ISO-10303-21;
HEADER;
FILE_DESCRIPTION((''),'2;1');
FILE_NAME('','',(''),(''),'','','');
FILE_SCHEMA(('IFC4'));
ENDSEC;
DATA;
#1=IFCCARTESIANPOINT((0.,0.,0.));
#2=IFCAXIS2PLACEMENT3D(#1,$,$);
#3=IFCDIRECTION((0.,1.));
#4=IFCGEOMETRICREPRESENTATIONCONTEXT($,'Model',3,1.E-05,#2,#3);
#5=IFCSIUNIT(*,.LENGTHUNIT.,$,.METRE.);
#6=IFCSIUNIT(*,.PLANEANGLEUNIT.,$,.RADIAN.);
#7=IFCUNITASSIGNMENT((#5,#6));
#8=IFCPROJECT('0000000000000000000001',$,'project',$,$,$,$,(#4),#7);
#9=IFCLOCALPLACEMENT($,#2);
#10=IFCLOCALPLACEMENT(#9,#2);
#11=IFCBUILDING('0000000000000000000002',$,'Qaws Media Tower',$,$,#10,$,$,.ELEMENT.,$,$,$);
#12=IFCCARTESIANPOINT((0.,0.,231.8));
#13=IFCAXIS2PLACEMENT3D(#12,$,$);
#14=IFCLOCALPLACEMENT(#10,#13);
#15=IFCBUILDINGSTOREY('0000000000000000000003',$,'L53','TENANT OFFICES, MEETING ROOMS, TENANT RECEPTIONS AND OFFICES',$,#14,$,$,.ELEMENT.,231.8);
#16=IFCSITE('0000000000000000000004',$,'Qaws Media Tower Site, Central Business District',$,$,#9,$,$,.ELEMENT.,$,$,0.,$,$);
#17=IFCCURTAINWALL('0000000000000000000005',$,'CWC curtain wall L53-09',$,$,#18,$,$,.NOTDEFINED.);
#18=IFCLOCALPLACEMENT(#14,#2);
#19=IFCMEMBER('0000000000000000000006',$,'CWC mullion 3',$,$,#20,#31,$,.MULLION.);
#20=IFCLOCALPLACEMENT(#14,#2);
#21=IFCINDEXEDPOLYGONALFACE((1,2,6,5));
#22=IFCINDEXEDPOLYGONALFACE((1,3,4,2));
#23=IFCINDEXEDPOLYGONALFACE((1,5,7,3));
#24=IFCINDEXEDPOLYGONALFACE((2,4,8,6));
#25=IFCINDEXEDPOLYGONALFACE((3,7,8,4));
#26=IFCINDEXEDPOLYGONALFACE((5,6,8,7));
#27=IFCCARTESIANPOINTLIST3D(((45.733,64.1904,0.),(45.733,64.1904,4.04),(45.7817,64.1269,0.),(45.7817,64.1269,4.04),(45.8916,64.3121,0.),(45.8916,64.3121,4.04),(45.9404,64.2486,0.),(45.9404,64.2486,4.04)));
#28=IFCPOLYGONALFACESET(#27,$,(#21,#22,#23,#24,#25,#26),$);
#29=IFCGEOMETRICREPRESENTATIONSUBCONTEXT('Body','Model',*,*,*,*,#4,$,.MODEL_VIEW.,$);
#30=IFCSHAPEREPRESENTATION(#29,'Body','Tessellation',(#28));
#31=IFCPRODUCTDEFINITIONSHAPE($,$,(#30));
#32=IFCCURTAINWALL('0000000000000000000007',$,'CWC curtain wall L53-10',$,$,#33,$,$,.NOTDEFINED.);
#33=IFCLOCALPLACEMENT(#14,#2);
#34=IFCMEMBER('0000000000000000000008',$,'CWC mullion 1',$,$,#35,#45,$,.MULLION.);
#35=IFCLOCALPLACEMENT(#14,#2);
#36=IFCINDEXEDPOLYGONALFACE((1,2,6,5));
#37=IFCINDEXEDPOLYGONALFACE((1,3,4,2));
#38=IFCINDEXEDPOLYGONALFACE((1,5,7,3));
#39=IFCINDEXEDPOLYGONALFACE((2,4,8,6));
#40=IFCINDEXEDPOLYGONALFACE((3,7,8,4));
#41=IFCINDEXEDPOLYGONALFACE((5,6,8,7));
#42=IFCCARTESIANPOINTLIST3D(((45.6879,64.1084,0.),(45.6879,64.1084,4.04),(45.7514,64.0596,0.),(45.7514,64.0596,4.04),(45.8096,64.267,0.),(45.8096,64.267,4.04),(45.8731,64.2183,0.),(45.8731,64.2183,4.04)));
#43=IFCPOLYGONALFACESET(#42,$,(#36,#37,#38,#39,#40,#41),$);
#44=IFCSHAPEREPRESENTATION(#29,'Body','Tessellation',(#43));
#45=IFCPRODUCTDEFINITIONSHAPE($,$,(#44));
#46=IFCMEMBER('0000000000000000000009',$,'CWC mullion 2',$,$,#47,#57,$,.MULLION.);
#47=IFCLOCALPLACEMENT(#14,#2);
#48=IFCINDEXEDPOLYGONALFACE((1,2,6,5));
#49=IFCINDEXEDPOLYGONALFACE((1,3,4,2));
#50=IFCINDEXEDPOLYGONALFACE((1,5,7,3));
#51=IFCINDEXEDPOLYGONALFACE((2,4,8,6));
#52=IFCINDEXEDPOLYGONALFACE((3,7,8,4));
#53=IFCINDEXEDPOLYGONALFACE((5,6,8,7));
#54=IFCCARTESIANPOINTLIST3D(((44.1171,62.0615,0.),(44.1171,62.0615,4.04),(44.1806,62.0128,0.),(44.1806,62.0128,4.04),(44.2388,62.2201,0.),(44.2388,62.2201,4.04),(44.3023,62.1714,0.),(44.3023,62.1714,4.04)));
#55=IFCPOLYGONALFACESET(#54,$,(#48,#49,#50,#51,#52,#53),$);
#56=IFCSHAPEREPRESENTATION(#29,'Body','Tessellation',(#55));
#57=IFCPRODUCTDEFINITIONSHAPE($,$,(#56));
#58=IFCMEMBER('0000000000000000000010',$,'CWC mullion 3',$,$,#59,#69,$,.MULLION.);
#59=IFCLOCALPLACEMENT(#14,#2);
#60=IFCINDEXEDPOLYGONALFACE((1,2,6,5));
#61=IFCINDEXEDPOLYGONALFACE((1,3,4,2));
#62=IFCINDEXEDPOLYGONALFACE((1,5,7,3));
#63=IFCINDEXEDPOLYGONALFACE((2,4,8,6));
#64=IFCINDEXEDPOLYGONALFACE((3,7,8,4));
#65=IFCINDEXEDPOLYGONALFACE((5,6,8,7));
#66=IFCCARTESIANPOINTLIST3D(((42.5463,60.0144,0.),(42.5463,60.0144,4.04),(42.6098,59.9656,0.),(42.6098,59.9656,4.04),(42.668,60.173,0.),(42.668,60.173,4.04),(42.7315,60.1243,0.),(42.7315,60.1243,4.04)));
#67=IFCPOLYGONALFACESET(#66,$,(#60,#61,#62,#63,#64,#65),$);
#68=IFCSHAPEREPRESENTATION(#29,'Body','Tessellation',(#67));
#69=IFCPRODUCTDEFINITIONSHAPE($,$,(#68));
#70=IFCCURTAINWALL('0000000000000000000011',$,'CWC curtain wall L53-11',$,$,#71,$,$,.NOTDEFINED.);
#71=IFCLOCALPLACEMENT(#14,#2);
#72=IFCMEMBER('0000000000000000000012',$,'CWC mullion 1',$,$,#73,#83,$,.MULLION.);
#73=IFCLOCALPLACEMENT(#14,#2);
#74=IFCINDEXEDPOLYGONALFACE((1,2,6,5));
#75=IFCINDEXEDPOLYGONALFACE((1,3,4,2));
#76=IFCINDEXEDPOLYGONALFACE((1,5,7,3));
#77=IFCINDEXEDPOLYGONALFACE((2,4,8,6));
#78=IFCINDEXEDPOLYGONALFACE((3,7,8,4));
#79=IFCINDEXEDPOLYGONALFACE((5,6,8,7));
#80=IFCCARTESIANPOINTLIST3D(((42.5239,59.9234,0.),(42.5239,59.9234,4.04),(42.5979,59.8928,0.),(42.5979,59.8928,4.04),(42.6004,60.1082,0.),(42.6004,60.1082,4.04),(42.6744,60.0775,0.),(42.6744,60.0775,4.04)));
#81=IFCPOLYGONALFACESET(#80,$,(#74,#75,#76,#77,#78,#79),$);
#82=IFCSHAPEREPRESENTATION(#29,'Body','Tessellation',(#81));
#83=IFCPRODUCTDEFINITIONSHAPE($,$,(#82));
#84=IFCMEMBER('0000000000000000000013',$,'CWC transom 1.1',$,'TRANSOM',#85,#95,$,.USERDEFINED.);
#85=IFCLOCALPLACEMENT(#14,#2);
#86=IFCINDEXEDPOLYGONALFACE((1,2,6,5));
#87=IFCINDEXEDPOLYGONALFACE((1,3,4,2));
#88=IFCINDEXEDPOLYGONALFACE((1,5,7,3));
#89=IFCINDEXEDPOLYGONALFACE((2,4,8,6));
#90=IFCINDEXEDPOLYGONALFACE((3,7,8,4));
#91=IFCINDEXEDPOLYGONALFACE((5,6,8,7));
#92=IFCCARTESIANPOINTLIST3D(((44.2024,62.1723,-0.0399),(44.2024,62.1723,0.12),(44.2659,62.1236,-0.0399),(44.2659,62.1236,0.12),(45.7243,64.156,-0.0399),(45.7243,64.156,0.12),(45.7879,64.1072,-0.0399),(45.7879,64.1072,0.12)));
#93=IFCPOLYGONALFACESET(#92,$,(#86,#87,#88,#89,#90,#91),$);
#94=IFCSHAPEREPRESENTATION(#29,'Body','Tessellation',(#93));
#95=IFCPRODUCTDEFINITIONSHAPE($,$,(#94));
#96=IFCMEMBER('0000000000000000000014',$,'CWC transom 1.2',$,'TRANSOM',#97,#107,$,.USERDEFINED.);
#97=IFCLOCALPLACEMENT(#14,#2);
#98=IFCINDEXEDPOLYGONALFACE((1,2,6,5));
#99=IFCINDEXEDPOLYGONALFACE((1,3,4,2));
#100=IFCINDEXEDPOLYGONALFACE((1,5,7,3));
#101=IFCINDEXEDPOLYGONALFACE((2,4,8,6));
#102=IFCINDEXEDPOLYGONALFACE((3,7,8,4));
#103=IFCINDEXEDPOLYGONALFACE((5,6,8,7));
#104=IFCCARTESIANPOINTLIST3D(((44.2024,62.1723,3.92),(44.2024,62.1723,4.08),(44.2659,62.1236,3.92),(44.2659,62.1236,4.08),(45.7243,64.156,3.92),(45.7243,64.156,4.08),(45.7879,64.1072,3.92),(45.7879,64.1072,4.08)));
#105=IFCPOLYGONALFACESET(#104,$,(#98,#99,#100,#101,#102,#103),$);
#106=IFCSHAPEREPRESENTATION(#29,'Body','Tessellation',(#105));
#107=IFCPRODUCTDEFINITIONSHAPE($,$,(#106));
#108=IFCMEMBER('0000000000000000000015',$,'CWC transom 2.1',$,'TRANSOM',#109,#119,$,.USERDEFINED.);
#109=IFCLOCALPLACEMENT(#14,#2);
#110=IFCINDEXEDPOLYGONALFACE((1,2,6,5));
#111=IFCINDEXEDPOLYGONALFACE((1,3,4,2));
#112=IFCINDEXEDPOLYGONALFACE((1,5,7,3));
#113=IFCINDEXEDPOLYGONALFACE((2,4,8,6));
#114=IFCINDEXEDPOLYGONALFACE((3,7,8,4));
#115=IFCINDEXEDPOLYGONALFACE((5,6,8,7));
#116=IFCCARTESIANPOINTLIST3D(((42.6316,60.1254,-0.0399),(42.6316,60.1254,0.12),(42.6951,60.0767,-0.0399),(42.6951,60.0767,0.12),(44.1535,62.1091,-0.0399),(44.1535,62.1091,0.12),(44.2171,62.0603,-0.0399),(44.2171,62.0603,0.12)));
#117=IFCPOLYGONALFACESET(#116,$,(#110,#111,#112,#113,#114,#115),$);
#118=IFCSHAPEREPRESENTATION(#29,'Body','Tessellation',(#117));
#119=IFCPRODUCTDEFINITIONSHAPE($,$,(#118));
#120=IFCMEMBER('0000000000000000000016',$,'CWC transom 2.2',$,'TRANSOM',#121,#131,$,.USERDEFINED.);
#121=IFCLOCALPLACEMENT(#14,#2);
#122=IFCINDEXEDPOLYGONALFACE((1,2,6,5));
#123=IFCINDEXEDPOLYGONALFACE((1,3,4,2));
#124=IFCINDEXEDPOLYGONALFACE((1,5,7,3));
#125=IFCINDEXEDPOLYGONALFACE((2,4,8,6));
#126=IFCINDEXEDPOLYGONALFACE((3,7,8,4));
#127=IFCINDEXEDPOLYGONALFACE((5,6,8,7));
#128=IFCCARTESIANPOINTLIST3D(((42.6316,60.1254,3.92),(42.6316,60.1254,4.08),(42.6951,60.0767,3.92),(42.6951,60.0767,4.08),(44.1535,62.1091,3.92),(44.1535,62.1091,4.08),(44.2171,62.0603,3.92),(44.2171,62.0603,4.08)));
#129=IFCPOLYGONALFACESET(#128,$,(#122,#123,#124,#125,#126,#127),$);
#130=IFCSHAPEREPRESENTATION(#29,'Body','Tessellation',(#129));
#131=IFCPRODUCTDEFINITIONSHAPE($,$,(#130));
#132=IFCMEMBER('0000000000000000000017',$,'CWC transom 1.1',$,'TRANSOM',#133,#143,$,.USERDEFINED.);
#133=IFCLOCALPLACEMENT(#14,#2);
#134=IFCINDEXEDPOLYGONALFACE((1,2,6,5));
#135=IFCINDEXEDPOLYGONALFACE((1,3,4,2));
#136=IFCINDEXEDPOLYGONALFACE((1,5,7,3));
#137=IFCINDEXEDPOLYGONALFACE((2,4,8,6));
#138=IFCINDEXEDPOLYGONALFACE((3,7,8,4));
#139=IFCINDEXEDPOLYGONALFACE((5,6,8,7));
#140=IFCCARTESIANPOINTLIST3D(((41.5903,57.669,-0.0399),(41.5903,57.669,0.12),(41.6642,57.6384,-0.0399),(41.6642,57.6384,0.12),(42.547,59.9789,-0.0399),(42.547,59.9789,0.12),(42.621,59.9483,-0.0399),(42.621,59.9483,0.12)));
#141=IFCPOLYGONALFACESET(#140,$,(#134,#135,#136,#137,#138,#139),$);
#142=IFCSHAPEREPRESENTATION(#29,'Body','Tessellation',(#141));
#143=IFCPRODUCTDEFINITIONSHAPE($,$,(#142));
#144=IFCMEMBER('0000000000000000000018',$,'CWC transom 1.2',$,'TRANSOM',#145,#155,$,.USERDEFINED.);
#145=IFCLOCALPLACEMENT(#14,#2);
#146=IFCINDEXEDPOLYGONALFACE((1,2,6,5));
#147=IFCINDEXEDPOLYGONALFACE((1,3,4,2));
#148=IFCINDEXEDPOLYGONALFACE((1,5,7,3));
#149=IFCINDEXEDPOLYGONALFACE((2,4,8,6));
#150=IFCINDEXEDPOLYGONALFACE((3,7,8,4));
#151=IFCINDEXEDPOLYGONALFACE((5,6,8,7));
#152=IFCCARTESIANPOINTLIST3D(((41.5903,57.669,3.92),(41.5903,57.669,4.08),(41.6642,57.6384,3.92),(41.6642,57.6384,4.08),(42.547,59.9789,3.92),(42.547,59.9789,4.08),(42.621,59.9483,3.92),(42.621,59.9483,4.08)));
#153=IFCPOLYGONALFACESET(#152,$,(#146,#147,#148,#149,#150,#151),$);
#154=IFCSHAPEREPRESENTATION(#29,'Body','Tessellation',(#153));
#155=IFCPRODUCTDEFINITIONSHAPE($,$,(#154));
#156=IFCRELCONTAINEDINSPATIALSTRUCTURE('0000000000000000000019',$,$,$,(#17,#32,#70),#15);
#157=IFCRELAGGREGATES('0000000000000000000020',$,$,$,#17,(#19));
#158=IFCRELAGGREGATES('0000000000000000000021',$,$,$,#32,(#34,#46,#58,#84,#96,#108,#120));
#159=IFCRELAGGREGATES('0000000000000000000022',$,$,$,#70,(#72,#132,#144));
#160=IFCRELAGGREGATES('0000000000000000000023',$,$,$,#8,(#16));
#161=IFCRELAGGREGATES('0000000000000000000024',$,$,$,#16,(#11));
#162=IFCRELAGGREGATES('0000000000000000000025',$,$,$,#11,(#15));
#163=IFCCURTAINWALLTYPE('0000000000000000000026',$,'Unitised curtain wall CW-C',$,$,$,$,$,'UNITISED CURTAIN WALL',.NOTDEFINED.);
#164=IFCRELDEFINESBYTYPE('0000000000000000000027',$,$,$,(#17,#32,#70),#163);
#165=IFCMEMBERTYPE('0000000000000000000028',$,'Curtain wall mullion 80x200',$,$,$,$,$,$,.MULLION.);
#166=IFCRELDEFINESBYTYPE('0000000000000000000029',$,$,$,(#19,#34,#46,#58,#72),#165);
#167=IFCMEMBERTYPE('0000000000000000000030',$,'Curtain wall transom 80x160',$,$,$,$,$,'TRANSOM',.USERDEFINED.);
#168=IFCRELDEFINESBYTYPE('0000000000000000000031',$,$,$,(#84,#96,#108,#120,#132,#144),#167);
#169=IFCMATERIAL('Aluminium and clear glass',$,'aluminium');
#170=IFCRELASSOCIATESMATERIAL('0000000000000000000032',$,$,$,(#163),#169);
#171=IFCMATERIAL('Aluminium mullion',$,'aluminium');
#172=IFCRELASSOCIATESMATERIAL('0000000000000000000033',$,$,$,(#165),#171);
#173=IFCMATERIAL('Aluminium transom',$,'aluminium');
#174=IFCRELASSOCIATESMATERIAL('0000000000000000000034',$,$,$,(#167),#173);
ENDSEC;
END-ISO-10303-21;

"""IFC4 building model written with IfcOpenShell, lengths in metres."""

from ifc_helpers import new_model, si_unit, direction, frame, origin, origin_2d, place, context, subcontext, project, spatial, rectangle, extrude, material, material_profile, profile_set, type_object, element, aggregate, save


model = new_model("IFC4")

# Units and contexts
model_context = context("Model", 3, precision=1e-05, world=origin(), true_north=direction((0.0, 1.0)))
body_context = subcontext(model_context, "Body", "Model", "MODEL_VIEW")
ifc_project = project(units=[si_unit("LENGTHUNIT", "METRE"), si_unit("PLANEANGLEUNIT", "RADIAN")], contexts=[model_context])

# Site, building, storey
site_placement = place(None, origin())
site = spatial("IfcSite", under=ifc_project, at=site_placement, Name="Qaws Media Tower Site, Central Business District", CompositionType="ELEMENT", RefElevation=0.0)
building_placement = place(site_placement, origin())
building = spatial("IfcBuilding", under=site, at=building_placement, Name="Qaws Media Tower", CompositionType="ELEMENT")
storey_placement = place(building_placement, frame((0.0, 0.0, 231.8)))
storey = spatial("IfcBuildingStorey", under=building, at=storey_placement, Name="L53", Description="TENANT OFFICES, MEETING ROOMS, TENANT RECEPTIONS AND OFFICES", CompositionType="ELEMENT", Elevation=231.8)

# Curtain wall, member
ifc_material_1 = material(Name="Aluminium and clear glass", Category="aluminium")
curtain_wall_type = type_object("IfcCurtainWallType", Name="Unitised curtain wall CW-C", ElementType="UNITISED CURTAIN WALL", PredefinedType="NOTDEFINED", material=ifc_material_1)
curtain_wall_1_placement = place(storey_placement, origin())
curtain_wall_1 = element("IfcCurtainWall", 1, at=curtain_wall_1_placement, inside=storey, type_object=curtain_wall_type, Name="CWC curtain wall L53-09", PredefinedType="NOTDEFINED")
ifc_material_2 = material(Name="Aluminium mullion", Category="aluminium")
ifc_material_profile_1 = material_profile(ifc_material_2, rectangle(XDim=0.0801, YDim=0.2, at=origin_2d()), Name="80x200")
ifc_profile_set_1 = profile_set([ifc_material_profile_1], Name="Aluminium mullion")
member_type_1 = type_object("IfcMemberType", Name="Curtain wall mullion 80x200", PredefinedType="MULLION", material=ifc_profile_set_1)
member_1_placement = place(storey_placement, frame((45.8367, 64.2195, 0.0), z_axis=(0.0, 0.0, 1.0), x_axis=(0.608761, -0.793353, 0.0)))
member_1 = element("IfcMember", 2, at=member_1_placement, type_object=member_type_1, Name="CWC mullion 3", PredefinedType="MULLION", context=body_context, shape_type="SweptSolid", body=[
    extrude(rectangle(XDim=0.0801, YDim=0.2, at=origin_2d()), origin(), (0.0, 0.0, 1.0), 4.04),
])

# Curtain wall, members
curtain_wall_2_placement = place(storey_placement, origin())
curtain_wall_2 = element("IfcCurtainWall", 3, at=curtain_wall_2_placement, inside=storey, type_object=curtain_wall_type, Name="CWC curtain wall L53-10", PredefinedType="NOTDEFINED")
member_2_placement = place(storey_placement, frame((45.7805, 64.1633, 0.0), z_axis=(0.0, 0.0, 1.0), x_axis=(0.793353, -0.608761, 0.0)))
member_2 = element("IfcMember", 4, at=member_2_placement, type_object=member_type_1, Name="CWC mullion 1", PredefinedType="MULLION", context=body_context, shape_type="SweptSolid", body=[
    extrude(rectangle(XDim=0.0801, YDim=0.2, at=origin_2d()), origin(), (0.0, 0.0, 1.0), 4.04),
])
member_3_placement = place(storey_placement, frame((44.2097, 62.1165, 0.0), z_axis=(0.0, 0.0, 1.0), x_axis=(0.793353, -0.608761, 0.0)))
member_3 = element("IfcMember", 5, at=member_3_placement, type_object=member_type_1, Name="CWC mullion 2", PredefinedType="MULLION", context=body_context, shape_type="SweptSolid", body=[
    extrude(rectangle(XDim=0.0801, YDim=0.2, at=origin_2d()), origin(), (0.0, 0.0, 1.0), 4.04),
])
member_4_placement = place(storey_placement, frame((42.6389, 60.0693, 0.0), z_axis=(0.0, 0.0, 1.0), x_axis=(0.793353, -0.608761, 0.0)))
member_4 = element("IfcMember", 6, at=member_4_placement, type_object=member_type_1, Name="CWC mullion 3", PredefinedType="MULLION", context=body_context, shape_type="SweptSolid", body=[
    extrude(rectangle(XDim=0.0801, YDim=0.2, at=origin_2d()), origin(), (0.0, 0.0, 1.0), 4.04),
])

# Curtain wall, member
curtain_wall_3_placement = place(storey_placement, origin())
curtain_wall_3 = element("IfcCurtainWall", 7, at=curtain_wall_3_placement, inside=storey, type_object=curtain_wall_type, Name="CWC curtain wall L53-11", PredefinedType="NOTDEFINED")
member_5_placement = place(storey_placement, frame((42.5991, 60.0005, 0.0), z_axis=(0.0, 0.0, 1.0), x_axis=(0.92388, -0.382683, 0.0)))
member_5 = element("IfcMember", 8, at=member_5_placement, type_object=member_type_1, Name="CWC mullion 1", PredefinedType="MULLION", context=body_context, shape_type="SweptSolid", body=[
    extrude(rectangle(XDim=0.0801, YDim=0.2, at=origin_2d()), origin(), (0.0, 0.0, 1.0), 4.04),
])

# Members
ifc_material_3 = material(Name="Aluminium transom", Category="aluminium")
ifc_material_profile_2 = material_profile(ifc_material_3, rectangle(XDim=0.0801, YDim=0.1599, at=origin_2d()), Name="80x160")
ifc_profile_set_2 = profile_set([ifc_material_profile_2], Name="Aluminium transom")
member_type_2 = type_object("IfcMemberType", Name="Curtain wall transom 80x160", ElementType="TRANSOM", PredefinedType="USERDEFINED", material=ifc_profile_set_2)
member_6_placement = place(storey_placement, frame((45.7561, 64.1316, 0.04), z_axis=(-0.608729, -0.793378, 0.0), x_axis=(0.793378, -0.608729, 0.0)))
member_6 = element("IfcMember", 9, at=member_6_placement, type_object=member_type_2, Name="CWC transom 1.1", ObjectType="TRANSOM", PredefinedType="USERDEFINED", context=body_context, shape_type="SweptSolid", body=[
    extrude(rectangle(XDim=0.0801, YDim=0.1599, at=origin_2d()), origin(), (0.0, 0.0, 1.0), 2.5002),
])
member_7_placement = place(storey_placement, frame((45.7561, 64.1316, 4.0), z_axis=(-0.608729, -0.793378, 0.0), x_axis=(0.793378, -0.608729, 0.0)))
member_7 = element("IfcMember", 10, at=member_7_placement, type_object=member_type_2, Name="CWC transom 1.2", ObjectType="TRANSOM", PredefinedType="USERDEFINED", context=body_context, shape_type="SweptSolid", body=[
    extrude(rectangle(XDim=0.0801, YDim=0.1599, at=origin_2d()), origin(), (0.0, 0.0, 1.0), 2.5002),
])
member_8_placement = place(storey_placement, frame((44.1853, 62.0847, 0.04), z_axis=(-0.608729, -0.793378, 0.0), x_axis=(0.793378, -0.608729, 0.0)))
member_8 = element("IfcMember", 11, at=member_8_placement, type_object=member_type_2, Name="CWC transom 2.1", ObjectType="TRANSOM", PredefinedType="USERDEFINED", context=body_context, shape_type="SweptSolid", body=[
    extrude(rectangle(XDim=0.0801, YDim=0.1599, at=origin_2d()), origin(), (0.0, 0.0, 1.0), 2.5002),
])
member_9_placement = place(storey_placement, frame((44.1853, 62.0847, 4.0), z_axis=(-0.608729, -0.793378, 0.0), x_axis=(0.793378, -0.608729, 0.0)))
member_9 = element("IfcMember", 12, at=member_9_placement, type_object=member_type_2, Name="CWC transom 2.2", ObjectType="TRANSOM", PredefinedType="USERDEFINED", context=body_context, shape_type="SweptSolid", body=[
    extrude(rectangle(XDim=0.0801, YDim=0.1599, at=origin_2d()), origin(), (0.0, 0.0, 1.0), 2.5002),
])
member_10_placement = place(storey_placement, frame((42.584, 59.9636, 0.04), z_axis=(-0.382659, -0.923889, 0.0), x_axis=(0.923889, -0.382659, 0.0)))
member_10 = element("IfcMember", 13, at=member_10_placement, type_object=member_type_2, Name="CWC transom 1.1", ObjectType="TRANSOM", PredefinedType="USERDEFINED", context=body_context, shape_type="SweptSolid", body=[
    extrude(rectangle(XDim=0.0801, YDim=0.1599, at=origin_2d()), origin(), (0.0, 0.0, 1.0), 2.5002),
])
member_11_placement = place(storey_placement, frame((42.584, 59.9636, 4.0), z_axis=(-0.382659, -0.923889, 0.0), x_axis=(0.923889, -0.382659, 0.0)))
member_11 = element("IfcMember", 14, at=member_11_placement, type_object=member_type_2, Name="CWC transom 1.2", ObjectType="TRANSOM", PredefinedType="USERDEFINED", context=body_context, shape_type="SweptSolid", body=[
    extrude(rectangle(XDim=0.0801, YDim=0.1599, at=origin_2d()), origin(), (0.0, 0.0, 1.0), 2.5002),
])

aggregate(curtain_wall_1, [member_1])
aggregate(curtain_wall_2, [member_2, member_3, member_4, member_6, member_7, member_8, member_9])
aggregate(curtain_wall_3, [member_5, member_10, member_11])

save(model, "model.ifc")
